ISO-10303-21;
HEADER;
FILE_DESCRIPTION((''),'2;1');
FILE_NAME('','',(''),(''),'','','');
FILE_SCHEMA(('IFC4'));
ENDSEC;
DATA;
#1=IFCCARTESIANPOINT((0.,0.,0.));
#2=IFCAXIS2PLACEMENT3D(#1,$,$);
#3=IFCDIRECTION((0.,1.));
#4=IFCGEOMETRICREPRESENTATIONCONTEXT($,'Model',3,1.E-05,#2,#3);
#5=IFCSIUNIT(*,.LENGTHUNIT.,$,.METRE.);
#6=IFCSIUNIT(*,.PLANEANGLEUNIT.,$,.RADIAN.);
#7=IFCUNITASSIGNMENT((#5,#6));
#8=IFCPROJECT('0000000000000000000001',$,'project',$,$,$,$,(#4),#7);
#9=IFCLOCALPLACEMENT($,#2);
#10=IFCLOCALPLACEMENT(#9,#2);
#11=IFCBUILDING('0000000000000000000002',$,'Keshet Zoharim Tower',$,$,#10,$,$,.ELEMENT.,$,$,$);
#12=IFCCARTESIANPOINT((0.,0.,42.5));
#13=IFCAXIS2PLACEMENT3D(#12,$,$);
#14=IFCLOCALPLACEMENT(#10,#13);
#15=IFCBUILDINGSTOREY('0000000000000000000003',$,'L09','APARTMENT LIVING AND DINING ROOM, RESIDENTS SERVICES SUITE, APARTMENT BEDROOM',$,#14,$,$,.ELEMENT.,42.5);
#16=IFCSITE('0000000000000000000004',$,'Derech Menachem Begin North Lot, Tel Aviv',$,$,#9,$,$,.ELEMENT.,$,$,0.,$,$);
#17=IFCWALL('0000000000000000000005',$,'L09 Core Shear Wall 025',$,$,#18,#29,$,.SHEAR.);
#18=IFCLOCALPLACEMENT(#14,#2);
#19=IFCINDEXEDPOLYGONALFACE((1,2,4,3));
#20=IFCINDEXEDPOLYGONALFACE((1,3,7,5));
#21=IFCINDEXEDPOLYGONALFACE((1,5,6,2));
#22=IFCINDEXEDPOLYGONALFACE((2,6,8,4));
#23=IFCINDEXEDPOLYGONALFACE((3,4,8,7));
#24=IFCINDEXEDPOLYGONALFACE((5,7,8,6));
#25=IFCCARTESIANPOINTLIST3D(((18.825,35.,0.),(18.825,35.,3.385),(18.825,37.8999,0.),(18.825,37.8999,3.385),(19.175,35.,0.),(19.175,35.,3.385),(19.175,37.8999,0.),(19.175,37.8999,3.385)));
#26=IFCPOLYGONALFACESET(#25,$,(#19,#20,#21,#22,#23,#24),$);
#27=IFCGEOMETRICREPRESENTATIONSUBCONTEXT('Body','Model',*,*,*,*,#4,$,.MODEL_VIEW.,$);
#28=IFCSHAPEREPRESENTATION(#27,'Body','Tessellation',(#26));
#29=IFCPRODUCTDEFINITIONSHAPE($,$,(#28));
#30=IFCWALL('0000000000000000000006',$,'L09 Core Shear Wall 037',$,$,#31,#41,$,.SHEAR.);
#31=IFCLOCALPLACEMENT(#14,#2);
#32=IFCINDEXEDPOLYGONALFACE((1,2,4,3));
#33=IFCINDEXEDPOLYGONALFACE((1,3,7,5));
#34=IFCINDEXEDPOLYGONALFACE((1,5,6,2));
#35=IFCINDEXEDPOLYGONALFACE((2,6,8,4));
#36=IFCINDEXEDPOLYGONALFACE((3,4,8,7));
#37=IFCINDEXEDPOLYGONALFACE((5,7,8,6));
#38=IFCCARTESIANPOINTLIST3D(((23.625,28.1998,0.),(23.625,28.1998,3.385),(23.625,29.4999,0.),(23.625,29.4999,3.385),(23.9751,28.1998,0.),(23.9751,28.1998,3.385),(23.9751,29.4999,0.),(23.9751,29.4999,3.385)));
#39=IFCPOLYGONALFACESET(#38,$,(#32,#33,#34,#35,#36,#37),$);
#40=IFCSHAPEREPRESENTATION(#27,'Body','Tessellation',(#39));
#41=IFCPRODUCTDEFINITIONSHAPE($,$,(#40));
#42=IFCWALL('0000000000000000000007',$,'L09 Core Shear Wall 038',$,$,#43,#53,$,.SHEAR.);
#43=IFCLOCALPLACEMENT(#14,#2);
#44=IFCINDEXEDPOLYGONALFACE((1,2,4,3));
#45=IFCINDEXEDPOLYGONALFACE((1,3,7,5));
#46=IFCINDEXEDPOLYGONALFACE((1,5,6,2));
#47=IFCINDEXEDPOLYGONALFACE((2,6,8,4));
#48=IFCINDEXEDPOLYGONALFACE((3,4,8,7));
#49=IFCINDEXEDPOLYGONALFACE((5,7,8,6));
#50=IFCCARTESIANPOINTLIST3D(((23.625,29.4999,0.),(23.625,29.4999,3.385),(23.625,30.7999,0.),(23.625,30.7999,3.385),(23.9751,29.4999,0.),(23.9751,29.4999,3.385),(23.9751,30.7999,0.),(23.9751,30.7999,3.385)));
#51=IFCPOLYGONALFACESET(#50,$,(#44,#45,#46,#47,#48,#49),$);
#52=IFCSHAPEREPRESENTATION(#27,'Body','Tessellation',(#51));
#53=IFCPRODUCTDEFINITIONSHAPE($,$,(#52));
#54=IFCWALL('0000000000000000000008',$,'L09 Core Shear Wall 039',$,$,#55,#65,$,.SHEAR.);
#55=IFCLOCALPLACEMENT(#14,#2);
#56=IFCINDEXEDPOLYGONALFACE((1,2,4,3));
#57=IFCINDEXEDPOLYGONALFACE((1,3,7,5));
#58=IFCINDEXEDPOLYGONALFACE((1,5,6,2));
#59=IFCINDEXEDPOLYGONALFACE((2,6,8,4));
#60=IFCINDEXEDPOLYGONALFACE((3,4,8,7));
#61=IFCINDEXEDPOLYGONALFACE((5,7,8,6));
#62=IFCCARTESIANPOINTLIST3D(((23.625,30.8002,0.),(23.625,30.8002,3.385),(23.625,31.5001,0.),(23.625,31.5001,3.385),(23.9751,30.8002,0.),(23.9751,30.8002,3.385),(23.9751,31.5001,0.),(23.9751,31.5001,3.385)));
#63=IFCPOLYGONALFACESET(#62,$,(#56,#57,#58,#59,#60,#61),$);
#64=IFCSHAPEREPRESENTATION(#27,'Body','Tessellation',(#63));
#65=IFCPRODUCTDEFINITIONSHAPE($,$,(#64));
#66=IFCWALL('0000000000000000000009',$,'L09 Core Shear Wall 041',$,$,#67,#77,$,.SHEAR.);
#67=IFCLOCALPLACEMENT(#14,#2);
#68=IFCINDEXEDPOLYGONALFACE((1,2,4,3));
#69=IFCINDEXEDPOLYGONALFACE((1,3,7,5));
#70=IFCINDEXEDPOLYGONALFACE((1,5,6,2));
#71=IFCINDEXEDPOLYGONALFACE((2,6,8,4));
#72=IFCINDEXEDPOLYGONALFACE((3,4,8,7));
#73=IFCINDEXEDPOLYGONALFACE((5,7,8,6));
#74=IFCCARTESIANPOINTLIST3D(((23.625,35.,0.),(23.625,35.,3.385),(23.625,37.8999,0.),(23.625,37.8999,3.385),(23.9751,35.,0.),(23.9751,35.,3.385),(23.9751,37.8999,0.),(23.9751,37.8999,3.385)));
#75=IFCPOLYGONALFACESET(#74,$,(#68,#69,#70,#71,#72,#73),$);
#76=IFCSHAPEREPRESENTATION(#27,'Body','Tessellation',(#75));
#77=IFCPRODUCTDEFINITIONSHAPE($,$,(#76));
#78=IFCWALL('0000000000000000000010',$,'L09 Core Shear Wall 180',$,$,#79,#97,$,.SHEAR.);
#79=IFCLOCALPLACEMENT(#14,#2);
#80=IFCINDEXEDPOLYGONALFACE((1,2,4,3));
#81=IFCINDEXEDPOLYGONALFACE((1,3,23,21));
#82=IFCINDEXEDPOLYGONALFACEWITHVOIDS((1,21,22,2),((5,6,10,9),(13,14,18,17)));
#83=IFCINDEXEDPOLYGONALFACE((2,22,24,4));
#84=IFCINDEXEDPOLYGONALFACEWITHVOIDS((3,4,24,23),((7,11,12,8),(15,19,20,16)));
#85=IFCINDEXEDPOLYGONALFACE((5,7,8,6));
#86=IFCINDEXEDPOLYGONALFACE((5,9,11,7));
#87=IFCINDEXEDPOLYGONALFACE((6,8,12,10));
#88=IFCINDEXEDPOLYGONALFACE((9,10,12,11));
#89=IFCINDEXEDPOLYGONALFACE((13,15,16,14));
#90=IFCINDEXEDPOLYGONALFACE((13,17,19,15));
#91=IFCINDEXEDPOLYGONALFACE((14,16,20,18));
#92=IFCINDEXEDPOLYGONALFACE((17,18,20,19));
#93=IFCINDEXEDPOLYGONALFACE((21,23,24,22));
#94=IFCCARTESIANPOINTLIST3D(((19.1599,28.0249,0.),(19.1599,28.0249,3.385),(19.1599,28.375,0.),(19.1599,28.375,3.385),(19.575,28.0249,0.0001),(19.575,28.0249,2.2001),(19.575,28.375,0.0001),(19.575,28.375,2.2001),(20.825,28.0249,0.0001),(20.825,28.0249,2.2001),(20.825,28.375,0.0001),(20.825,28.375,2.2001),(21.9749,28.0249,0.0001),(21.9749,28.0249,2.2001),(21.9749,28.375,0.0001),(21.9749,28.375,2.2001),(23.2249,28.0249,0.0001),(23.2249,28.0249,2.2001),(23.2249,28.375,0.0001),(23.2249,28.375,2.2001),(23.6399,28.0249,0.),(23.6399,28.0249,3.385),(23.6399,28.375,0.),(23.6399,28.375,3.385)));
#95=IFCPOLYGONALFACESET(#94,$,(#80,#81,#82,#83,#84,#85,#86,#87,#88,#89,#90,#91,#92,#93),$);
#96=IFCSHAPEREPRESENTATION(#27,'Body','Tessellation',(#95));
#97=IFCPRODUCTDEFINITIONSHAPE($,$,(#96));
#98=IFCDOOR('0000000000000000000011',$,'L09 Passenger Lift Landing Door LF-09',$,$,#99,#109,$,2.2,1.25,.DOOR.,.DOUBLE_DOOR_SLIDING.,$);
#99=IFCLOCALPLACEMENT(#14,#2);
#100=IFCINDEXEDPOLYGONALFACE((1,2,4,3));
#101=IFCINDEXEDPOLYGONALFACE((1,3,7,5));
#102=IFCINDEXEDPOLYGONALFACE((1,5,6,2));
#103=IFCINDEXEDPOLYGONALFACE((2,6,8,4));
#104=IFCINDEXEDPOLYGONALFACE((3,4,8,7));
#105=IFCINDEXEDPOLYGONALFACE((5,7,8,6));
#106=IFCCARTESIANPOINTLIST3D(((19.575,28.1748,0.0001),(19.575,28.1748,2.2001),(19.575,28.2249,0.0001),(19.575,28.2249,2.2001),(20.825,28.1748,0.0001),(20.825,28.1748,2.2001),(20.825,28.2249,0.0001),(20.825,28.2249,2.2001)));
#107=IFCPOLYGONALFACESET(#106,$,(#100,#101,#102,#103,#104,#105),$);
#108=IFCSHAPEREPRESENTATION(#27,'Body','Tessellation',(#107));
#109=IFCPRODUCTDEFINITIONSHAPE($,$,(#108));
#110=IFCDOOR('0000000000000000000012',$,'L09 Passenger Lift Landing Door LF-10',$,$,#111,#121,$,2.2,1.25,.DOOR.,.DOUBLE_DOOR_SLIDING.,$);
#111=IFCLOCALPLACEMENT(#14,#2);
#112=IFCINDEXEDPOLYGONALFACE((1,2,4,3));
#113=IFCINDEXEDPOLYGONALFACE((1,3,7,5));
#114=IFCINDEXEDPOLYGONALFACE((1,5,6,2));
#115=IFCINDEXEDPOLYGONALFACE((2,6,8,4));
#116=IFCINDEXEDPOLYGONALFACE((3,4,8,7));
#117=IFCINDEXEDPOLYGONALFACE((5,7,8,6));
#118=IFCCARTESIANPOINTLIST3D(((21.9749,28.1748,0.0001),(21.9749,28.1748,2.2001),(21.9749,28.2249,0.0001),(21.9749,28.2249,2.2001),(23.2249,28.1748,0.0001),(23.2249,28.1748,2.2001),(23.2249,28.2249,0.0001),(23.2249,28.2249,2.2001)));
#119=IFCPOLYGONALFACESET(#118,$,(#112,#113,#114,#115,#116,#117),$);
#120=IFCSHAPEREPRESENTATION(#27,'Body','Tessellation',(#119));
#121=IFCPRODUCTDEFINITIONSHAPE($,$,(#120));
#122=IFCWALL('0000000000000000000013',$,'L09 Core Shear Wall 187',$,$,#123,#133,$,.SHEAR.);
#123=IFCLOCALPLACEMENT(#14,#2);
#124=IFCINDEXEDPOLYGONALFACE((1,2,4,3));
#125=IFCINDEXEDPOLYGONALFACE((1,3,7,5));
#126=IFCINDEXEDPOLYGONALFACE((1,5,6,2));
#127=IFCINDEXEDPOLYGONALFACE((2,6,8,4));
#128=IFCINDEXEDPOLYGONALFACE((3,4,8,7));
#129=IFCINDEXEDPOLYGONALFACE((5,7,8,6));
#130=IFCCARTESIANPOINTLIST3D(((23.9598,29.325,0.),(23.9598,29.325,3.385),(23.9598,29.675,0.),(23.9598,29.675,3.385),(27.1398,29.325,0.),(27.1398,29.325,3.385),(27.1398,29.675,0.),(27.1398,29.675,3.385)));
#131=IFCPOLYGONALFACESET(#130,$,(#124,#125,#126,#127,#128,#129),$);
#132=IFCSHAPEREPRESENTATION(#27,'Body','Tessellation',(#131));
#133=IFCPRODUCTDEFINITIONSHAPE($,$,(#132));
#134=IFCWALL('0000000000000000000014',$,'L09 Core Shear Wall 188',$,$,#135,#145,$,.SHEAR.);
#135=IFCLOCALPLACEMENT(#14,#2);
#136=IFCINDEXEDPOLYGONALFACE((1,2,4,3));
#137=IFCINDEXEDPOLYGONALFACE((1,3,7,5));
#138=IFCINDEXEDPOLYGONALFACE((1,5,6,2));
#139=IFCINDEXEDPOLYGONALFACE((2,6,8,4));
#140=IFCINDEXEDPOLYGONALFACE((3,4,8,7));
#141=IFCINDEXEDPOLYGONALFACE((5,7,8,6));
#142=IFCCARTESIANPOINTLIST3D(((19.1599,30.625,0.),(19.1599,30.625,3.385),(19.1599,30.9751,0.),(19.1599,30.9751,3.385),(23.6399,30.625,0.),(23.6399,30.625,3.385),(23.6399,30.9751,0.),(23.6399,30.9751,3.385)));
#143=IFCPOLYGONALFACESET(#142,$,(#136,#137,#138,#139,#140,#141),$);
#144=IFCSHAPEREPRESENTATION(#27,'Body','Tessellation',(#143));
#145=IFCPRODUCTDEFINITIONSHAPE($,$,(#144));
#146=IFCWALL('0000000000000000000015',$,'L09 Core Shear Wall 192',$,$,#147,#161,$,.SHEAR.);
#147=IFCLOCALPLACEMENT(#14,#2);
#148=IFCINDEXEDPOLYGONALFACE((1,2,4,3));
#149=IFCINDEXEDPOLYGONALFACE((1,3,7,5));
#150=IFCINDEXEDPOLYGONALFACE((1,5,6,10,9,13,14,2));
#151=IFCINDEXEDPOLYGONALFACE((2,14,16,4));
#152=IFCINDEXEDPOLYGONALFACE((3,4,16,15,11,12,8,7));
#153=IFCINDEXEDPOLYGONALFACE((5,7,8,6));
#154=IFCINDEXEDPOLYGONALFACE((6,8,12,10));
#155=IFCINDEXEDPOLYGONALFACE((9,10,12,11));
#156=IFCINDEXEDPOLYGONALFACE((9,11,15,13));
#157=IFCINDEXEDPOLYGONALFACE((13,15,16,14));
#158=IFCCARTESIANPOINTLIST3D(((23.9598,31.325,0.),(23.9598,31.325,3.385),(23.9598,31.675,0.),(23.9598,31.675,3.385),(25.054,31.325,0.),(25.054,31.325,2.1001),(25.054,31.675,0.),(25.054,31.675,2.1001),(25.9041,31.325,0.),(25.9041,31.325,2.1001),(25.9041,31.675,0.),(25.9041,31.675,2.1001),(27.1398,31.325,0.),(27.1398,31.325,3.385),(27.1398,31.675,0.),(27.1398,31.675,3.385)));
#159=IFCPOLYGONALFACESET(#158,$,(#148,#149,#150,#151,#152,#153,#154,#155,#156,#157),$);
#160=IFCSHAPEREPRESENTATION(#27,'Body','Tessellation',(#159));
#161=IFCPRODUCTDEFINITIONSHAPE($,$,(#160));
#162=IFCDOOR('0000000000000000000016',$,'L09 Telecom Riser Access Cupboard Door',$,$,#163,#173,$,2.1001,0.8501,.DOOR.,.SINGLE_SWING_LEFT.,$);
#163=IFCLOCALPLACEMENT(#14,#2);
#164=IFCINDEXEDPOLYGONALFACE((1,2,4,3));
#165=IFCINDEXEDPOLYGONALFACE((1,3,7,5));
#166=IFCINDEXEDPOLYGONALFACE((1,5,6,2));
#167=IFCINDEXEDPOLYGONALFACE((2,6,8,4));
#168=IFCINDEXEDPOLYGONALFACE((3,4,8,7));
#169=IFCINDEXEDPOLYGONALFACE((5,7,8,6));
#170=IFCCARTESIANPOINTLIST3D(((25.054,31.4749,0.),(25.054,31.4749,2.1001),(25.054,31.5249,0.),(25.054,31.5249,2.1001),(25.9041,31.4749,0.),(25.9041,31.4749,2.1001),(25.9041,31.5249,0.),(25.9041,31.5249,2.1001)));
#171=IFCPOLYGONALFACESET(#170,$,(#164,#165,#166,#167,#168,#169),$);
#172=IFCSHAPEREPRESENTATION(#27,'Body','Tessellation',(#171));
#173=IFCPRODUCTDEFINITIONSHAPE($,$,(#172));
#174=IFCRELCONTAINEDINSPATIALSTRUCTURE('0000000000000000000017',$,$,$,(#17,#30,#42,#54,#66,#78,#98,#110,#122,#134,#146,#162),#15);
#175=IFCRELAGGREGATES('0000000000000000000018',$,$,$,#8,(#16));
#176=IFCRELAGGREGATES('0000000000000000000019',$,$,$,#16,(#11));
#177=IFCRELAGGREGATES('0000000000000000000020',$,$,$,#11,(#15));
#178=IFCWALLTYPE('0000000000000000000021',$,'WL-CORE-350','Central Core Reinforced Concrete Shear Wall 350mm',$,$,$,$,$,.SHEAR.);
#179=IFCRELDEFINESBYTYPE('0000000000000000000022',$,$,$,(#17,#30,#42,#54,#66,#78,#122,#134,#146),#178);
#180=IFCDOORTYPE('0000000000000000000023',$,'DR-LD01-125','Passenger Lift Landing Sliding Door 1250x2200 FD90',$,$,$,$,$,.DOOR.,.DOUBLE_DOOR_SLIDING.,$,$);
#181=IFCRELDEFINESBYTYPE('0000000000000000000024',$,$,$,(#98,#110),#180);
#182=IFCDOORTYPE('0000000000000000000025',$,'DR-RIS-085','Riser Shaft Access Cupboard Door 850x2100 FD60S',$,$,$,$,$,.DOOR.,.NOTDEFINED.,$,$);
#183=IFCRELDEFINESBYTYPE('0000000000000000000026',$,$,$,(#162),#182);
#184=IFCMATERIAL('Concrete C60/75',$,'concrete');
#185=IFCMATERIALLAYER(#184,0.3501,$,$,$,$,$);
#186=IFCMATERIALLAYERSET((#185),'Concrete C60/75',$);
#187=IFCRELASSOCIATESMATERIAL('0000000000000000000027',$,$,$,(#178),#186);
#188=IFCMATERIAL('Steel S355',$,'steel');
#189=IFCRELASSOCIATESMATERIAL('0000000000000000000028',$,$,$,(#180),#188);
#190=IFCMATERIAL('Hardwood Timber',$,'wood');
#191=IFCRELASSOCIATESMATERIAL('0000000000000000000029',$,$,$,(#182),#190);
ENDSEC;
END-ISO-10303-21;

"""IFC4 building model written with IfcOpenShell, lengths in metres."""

from ifc_helpers import new_model, si_unit, direction, frame, frame_2d, origin, place, context, subcontext, project, spatial, rectangle, extrude, material, layer, layer_set, type_object, element, fill, save


model = new_model("IFC4")

# Units and contexts
model_context = context("Model", 3, precision=1e-05, world=origin(), true_north=direction((0.0, 1.0)))
body_context = subcontext(model_context, "Body", "Model", "MODEL_VIEW")
ifc_project = project(units=[si_unit("LENGTHUNIT", "METRE"), si_unit("PLANEANGLEUNIT", "RADIAN")], contexts=[model_context])

# Site, building, storey
site_placement = place(None, origin())
site = spatial("IfcSite", under=ifc_project, at=site_placement, Name="Derech Menachem Begin North Lot, Tel Aviv", CompositionType="ELEMENT", RefElevation=0.0)
building_placement = place(site_placement, origin())
building = spatial("IfcBuilding", under=site, at=building_placement, Name="Keshet Zoharim Tower", CompositionType="ELEMENT")
storey_placement = place(building_placement, frame((0.0, 0.0, 42.5)))
storey = spatial("IfcBuildingStorey", under=building, at=storey_placement, Name="L09", Description="APARTMENT LIVING AND DINING ROOM, RESIDENTS SERVICES SUITE, APARTMENT BEDROOM", CompositionType="ELEMENT", Elevation=42.5)

# Walls
ifc_material_1 = material(Name="Concrete C60/75", Category="concrete")
ifc_layer_1 = layer(ifc_material_1, 0.3501)
ifc_layer_set_1 = layer_set([ifc_layer_1], Name="Concrete C60/75")
wall_type_1 = type_object("IfcWallType", Name="WL-CORE-350", Description="Central Core Reinforced Concrete Shear Wall 350mm", PredefinedType="SHEAR", material=ifc_layer_set_1)
wall_1_placement = place(storey_placement, frame((19.0, 35.0, 0.0), z_axis=(0.0, 0.0, 1.0), x_axis=(0.0, 1.0, 0.0)))
element("IfcWall", 1, at=wall_1_placement, inside=storey, type_object=wall_type_1, Name="L09 Core Shear Wall 025", PredefinedType="SHEAR", context=body_context, shape_type="SweptSolid", body=[
    extrude(rectangle(XDim=2.8999, YDim=0.3501, at=frame_2d((1.45, 0.0))), origin(), (0.0, 0.0, 1.0), 3.385),
])
for number, where, z_axis, x_axis, name in (
    (2, (23.8, 28.2, 0.0), (0.0, 0.0, 1.0), (0.0, 1.0, 0.0), "L09 Core Shear Wall 037"),
    (3, (23.8, 29.5, 0.0), (0.0, 0.0, 1.0), (0.0, 1.0, 0.0), "L09 Core Shear Wall 038"),
):
    element("IfcWall", number, at=place(storey_placement, frame(where, z_axis=z_axis, x_axis=x_axis)), inside=storey, type_object=wall_type_1, Name=name, PredefinedType="SHEAR", context=body_context, shape_type="SweptSolid", body=[
        extrude(rectangle(XDim=1.3, YDim=0.3501, at=frame_2d((0.6499, 0.0))), origin(), (0.0, 0.0, 1.0), 3.385),
    ])
wall_2_placement = place(storey_placement, frame((23.8, 30.8, 0.0), z_axis=(0.0, 0.0, 1.0), x_axis=(0.0, 1.0, 0.0)))
element("IfcWall", 4, at=wall_2_placement, inside=storey, type_object=wall_type_1, Name="L09 Core Shear Wall 039", PredefinedType="SHEAR", context=body_context, shape_type="SweptSolid", body=[
    extrude(rectangle(XDim=0.7, YDim=0.3501, at=frame_2d((0.3501, 0.0))), origin(), (0.0, 0.0, 1.0), 3.385),
])

# Shared definitions
ifc_material_2 = material(Name="Hardwood Timber", Category="wood")

# Wall
wall_3_placement = place(storey_placement, frame((23.8, 35.0, 0.0), z_axis=(0.0, 0.0, 1.0), x_axis=(0.0, 1.0, 0.0)))
element("IfcWall", 5, at=wall_3_placement, inside=storey, type_object=wall_type_1, Name="L09 Core Shear Wall 041", PredefinedType="SHEAR", context=body_context, shape_type="SweptSolid", body=[
    extrude(rectangle(XDim=2.8999, YDim=0.3501, at=frame_2d((1.45, 0.0))), origin(), (0.0, 0.0, 1.0), 3.385),
])

# Wall, openings, doors
wall_4_placement = place(storey_placement, frame((19.1599, 28.2, 0.0), z_axis=(0.0, 0.0, 1.0), x_axis=(1.0, 0.0, 0.0)))
wall_4 = element("IfcWall", 6, at=wall_4_placement, inside=storey, type_object=wall_type_1, Name="L09 Core Shear Wall 180", PredefinedType="SHEAR", context=body_context, shape_type="SweptSolid", body=[
    extrude(rectangle(XDim=4.48, YDim=0.3501, at=frame_2d((2.24, 0.0))), origin(), (0.0, 0.0, 1.0), 3.385),
])
opening_1_placement = place(wall_4_placement, frame((0.415, 0.0, 0.0)))
opening_1 = element("IfcOpeningElement", 7, at=opening_1_placement, cuts=wall_4, PredefinedType="OPENING", context=body_context, shape_type="SweptSolid", body=[
    extrude(rectangle(XDim=1.25, YDim=2.2, at=frame_2d((0.625, 1.1001))), frame((0.0, 0.1851, 0.0), z_axis=(0.0, -1.0, 0.0), x_axis=(1.0, 0.0, 0.0)), (0.0, 0.0, 1.0), 0.3701),
])
opening_2_placement = place(wall_4_placement, frame((2.8149, 0.0, 0.0)))
opening_2 = element("IfcOpeningElement", 8, at=opening_2_placement, cuts=wall_4, PredefinedType="OPENING", context=body_context, shape_type="SweptSolid", body=[
    extrude(rectangle(XDim=1.25, YDim=2.2, at=frame_2d((0.625, 1.1001))), frame((0.0, 0.1851, 0.0), z_axis=(0.0, -1.0, 0.0), x_axis=(1.0, 0.0, 0.0)), (0.0, 0.0, 1.0), 0.3701),
])
ifc_material_3 = material(Name="Steel S355", Category="steel")
door_type_1 = type_object("IfcDoorType", Name="DR-LD01-125", Description="Passenger Lift Landing Sliding Door 1250x2200 FD90", OperationType="DOUBLE_DOOR_SLIDING", PredefinedType="DOOR", material=ifc_material_3)
door_1_placement = place(opening_1_placement, origin())
door_1 = element("IfcDoor", 9, at=door_1_placement, inside=storey, type_object=door_type_1, Name="L09 Passenger Lift Landing Door LF-09", OperationType="DOUBLE_DOOR_SLIDING", OverallHeight=2.2, OverallWidth=1.25, PredefinedType="DOOR", context=body_context, shape_type="SweptSolid", body=[
    extrude(rectangle(XDim=1.25, YDim=2.2, at=frame_2d((0.625, 1.1001))), frame((0.0, 0.0249, 0.0), z_axis=(0.0, -1.0, 0.0), x_axis=(1.0, 0.0, 0.0)), (0.0, 0.0, 1.0), 0.05),
])
fill(opening_1, door_1)
door_2_placement = place(opening_2_placement, origin())
door_2 = element("IfcDoor", 10, at=door_2_placement, inside=storey, type_object=door_type_1, Name="L09 Passenger Lift Landing Door LF-10", OperationType="DOUBLE_DOOR_SLIDING", OverallHeight=2.2, OverallWidth=1.25, PredefinedType="DOOR", context=body_context, shape_type="SweptSolid", body=[
    extrude(rectangle(XDim=1.25, YDim=2.2, at=frame_2d((0.625, 1.1001))), frame((0.0, 0.0249, 0.0), z_axis=(0.0, -1.0, 0.0), x_axis=(1.0, 0.0, 0.0)), (0.0, 0.0, 1.0), 0.05),
])
fill(opening_2, door_2)

# Walls
wall_5_placement = place(storey_placement, frame((23.96, 29.5, 0.0), z_axis=(0.0, 0.0, 1.0), x_axis=(1.0, 0.0, 0.0)))
element("IfcWall", 11, at=wall_5_placement, inside=storey, type_object=wall_type_1, Name="L09 Core Shear Wall 187", PredefinedType="SHEAR", context=body_context, shape_type="SweptSolid", body=[
    extrude(rectangle(XDim=3.1799, YDim=0.3501, at=frame_2d((1.5898, 0.0))), origin(), (0.0, 0.0, 1.0), 3.385),
])
wall_6_placement = place(storey_placement, frame((19.1599, 30.8, 0.0), z_axis=(0.0, 0.0, 1.0), x_axis=(1.0, 0.0, 0.0)))
element("IfcWall", 12, at=wall_6_placement, inside=storey, type_object=wall_type_1, Name="L09 Core Shear Wall 188", PredefinedType="SHEAR", context=body_context, shape_type="SweptSolid", body=[
    extrude(rectangle(XDim=4.48, YDim=0.3501, at=frame_2d((2.24, 0.0))), origin(), (0.0, 0.0, 1.0), 3.385),
])

# Wall, opening, door
wall_7_placement = place(storey_placement, frame((23.96, 31.5, 0.0), z_axis=(0.0, 0.0, 1.0), x_axis=(1.0, 0.0, 0.0)))
wall_7 = element("IfcWall", 13, at=wall_7_placement, inside=storey, type_object=wall_type_1, Name="L09 Core Shear Wall 192", PredefinedType="SHEAR", context=body_context, shape_type="SweptSolid", body=[
    extrude(rectangle(XDim=3.1799, YDim=0.3501, at=frame_2d((1.5898, 0.0))), origin(), (0.0, 0.0, 1.0), 3.385),
])
opening_3_placement = place(wall_7_placement, frame((1.094, 0.0, 0.0)))
opening_3 = element("IfcOpeningElement", 14, at=opening_3_placement, cuts=wall_7, PredefinedType="OPENING", context=body_context, shape_type="SweptSolid", body=[
    extrude(rectangle(XDim=0.8501, YDim=2.1001, at=frame_2d((0.425, 1.05))), frame((0.0, 0.1851, 0.0), z_axis=(0.0, -1.0, 0.0), x_axis=(1.0, 0.0, 0.0)), (0.0, 0.0, 1.0), 0.3701),
])
door_type_2 = type_object("IfcDoorType", Name="DR-RIS-085", Description="Riser Shaft Access Cupboard Door 850x2100 FD60S", OperationType="NOTDEFINED", PredefinedType="DOOR", material=ifc_material_2)
door_3_placement = place(opening_3_placement, origin())
door_3 = element("IfcDoor", 15, at=door_3_placement, inside=storey, type_object=door_type_2, Name="L09 Telecom Riser Access Cupboard Door", OperationType="SINGLE_SWING_LEFT", OverallHeight=2.1001, OverallWidth=0.8501, PredefinedType="DOOR", context=body_context, shape_type="SweptSolid", body=[
    extrude(rectangle(XDim=0.8501, YDim=2.1001, at=frame_2d((0.425, 1.05))), frame((0.0, 0.0249, 0.0), z_axis=(0.0, -1.0, 0.0), x_axis=(1.0, 0.0, 0.0)), (0.0, 0.0, 1.0), 0.05),
])
fill(opening_3, door_3)

save(model, "model.ifc")
